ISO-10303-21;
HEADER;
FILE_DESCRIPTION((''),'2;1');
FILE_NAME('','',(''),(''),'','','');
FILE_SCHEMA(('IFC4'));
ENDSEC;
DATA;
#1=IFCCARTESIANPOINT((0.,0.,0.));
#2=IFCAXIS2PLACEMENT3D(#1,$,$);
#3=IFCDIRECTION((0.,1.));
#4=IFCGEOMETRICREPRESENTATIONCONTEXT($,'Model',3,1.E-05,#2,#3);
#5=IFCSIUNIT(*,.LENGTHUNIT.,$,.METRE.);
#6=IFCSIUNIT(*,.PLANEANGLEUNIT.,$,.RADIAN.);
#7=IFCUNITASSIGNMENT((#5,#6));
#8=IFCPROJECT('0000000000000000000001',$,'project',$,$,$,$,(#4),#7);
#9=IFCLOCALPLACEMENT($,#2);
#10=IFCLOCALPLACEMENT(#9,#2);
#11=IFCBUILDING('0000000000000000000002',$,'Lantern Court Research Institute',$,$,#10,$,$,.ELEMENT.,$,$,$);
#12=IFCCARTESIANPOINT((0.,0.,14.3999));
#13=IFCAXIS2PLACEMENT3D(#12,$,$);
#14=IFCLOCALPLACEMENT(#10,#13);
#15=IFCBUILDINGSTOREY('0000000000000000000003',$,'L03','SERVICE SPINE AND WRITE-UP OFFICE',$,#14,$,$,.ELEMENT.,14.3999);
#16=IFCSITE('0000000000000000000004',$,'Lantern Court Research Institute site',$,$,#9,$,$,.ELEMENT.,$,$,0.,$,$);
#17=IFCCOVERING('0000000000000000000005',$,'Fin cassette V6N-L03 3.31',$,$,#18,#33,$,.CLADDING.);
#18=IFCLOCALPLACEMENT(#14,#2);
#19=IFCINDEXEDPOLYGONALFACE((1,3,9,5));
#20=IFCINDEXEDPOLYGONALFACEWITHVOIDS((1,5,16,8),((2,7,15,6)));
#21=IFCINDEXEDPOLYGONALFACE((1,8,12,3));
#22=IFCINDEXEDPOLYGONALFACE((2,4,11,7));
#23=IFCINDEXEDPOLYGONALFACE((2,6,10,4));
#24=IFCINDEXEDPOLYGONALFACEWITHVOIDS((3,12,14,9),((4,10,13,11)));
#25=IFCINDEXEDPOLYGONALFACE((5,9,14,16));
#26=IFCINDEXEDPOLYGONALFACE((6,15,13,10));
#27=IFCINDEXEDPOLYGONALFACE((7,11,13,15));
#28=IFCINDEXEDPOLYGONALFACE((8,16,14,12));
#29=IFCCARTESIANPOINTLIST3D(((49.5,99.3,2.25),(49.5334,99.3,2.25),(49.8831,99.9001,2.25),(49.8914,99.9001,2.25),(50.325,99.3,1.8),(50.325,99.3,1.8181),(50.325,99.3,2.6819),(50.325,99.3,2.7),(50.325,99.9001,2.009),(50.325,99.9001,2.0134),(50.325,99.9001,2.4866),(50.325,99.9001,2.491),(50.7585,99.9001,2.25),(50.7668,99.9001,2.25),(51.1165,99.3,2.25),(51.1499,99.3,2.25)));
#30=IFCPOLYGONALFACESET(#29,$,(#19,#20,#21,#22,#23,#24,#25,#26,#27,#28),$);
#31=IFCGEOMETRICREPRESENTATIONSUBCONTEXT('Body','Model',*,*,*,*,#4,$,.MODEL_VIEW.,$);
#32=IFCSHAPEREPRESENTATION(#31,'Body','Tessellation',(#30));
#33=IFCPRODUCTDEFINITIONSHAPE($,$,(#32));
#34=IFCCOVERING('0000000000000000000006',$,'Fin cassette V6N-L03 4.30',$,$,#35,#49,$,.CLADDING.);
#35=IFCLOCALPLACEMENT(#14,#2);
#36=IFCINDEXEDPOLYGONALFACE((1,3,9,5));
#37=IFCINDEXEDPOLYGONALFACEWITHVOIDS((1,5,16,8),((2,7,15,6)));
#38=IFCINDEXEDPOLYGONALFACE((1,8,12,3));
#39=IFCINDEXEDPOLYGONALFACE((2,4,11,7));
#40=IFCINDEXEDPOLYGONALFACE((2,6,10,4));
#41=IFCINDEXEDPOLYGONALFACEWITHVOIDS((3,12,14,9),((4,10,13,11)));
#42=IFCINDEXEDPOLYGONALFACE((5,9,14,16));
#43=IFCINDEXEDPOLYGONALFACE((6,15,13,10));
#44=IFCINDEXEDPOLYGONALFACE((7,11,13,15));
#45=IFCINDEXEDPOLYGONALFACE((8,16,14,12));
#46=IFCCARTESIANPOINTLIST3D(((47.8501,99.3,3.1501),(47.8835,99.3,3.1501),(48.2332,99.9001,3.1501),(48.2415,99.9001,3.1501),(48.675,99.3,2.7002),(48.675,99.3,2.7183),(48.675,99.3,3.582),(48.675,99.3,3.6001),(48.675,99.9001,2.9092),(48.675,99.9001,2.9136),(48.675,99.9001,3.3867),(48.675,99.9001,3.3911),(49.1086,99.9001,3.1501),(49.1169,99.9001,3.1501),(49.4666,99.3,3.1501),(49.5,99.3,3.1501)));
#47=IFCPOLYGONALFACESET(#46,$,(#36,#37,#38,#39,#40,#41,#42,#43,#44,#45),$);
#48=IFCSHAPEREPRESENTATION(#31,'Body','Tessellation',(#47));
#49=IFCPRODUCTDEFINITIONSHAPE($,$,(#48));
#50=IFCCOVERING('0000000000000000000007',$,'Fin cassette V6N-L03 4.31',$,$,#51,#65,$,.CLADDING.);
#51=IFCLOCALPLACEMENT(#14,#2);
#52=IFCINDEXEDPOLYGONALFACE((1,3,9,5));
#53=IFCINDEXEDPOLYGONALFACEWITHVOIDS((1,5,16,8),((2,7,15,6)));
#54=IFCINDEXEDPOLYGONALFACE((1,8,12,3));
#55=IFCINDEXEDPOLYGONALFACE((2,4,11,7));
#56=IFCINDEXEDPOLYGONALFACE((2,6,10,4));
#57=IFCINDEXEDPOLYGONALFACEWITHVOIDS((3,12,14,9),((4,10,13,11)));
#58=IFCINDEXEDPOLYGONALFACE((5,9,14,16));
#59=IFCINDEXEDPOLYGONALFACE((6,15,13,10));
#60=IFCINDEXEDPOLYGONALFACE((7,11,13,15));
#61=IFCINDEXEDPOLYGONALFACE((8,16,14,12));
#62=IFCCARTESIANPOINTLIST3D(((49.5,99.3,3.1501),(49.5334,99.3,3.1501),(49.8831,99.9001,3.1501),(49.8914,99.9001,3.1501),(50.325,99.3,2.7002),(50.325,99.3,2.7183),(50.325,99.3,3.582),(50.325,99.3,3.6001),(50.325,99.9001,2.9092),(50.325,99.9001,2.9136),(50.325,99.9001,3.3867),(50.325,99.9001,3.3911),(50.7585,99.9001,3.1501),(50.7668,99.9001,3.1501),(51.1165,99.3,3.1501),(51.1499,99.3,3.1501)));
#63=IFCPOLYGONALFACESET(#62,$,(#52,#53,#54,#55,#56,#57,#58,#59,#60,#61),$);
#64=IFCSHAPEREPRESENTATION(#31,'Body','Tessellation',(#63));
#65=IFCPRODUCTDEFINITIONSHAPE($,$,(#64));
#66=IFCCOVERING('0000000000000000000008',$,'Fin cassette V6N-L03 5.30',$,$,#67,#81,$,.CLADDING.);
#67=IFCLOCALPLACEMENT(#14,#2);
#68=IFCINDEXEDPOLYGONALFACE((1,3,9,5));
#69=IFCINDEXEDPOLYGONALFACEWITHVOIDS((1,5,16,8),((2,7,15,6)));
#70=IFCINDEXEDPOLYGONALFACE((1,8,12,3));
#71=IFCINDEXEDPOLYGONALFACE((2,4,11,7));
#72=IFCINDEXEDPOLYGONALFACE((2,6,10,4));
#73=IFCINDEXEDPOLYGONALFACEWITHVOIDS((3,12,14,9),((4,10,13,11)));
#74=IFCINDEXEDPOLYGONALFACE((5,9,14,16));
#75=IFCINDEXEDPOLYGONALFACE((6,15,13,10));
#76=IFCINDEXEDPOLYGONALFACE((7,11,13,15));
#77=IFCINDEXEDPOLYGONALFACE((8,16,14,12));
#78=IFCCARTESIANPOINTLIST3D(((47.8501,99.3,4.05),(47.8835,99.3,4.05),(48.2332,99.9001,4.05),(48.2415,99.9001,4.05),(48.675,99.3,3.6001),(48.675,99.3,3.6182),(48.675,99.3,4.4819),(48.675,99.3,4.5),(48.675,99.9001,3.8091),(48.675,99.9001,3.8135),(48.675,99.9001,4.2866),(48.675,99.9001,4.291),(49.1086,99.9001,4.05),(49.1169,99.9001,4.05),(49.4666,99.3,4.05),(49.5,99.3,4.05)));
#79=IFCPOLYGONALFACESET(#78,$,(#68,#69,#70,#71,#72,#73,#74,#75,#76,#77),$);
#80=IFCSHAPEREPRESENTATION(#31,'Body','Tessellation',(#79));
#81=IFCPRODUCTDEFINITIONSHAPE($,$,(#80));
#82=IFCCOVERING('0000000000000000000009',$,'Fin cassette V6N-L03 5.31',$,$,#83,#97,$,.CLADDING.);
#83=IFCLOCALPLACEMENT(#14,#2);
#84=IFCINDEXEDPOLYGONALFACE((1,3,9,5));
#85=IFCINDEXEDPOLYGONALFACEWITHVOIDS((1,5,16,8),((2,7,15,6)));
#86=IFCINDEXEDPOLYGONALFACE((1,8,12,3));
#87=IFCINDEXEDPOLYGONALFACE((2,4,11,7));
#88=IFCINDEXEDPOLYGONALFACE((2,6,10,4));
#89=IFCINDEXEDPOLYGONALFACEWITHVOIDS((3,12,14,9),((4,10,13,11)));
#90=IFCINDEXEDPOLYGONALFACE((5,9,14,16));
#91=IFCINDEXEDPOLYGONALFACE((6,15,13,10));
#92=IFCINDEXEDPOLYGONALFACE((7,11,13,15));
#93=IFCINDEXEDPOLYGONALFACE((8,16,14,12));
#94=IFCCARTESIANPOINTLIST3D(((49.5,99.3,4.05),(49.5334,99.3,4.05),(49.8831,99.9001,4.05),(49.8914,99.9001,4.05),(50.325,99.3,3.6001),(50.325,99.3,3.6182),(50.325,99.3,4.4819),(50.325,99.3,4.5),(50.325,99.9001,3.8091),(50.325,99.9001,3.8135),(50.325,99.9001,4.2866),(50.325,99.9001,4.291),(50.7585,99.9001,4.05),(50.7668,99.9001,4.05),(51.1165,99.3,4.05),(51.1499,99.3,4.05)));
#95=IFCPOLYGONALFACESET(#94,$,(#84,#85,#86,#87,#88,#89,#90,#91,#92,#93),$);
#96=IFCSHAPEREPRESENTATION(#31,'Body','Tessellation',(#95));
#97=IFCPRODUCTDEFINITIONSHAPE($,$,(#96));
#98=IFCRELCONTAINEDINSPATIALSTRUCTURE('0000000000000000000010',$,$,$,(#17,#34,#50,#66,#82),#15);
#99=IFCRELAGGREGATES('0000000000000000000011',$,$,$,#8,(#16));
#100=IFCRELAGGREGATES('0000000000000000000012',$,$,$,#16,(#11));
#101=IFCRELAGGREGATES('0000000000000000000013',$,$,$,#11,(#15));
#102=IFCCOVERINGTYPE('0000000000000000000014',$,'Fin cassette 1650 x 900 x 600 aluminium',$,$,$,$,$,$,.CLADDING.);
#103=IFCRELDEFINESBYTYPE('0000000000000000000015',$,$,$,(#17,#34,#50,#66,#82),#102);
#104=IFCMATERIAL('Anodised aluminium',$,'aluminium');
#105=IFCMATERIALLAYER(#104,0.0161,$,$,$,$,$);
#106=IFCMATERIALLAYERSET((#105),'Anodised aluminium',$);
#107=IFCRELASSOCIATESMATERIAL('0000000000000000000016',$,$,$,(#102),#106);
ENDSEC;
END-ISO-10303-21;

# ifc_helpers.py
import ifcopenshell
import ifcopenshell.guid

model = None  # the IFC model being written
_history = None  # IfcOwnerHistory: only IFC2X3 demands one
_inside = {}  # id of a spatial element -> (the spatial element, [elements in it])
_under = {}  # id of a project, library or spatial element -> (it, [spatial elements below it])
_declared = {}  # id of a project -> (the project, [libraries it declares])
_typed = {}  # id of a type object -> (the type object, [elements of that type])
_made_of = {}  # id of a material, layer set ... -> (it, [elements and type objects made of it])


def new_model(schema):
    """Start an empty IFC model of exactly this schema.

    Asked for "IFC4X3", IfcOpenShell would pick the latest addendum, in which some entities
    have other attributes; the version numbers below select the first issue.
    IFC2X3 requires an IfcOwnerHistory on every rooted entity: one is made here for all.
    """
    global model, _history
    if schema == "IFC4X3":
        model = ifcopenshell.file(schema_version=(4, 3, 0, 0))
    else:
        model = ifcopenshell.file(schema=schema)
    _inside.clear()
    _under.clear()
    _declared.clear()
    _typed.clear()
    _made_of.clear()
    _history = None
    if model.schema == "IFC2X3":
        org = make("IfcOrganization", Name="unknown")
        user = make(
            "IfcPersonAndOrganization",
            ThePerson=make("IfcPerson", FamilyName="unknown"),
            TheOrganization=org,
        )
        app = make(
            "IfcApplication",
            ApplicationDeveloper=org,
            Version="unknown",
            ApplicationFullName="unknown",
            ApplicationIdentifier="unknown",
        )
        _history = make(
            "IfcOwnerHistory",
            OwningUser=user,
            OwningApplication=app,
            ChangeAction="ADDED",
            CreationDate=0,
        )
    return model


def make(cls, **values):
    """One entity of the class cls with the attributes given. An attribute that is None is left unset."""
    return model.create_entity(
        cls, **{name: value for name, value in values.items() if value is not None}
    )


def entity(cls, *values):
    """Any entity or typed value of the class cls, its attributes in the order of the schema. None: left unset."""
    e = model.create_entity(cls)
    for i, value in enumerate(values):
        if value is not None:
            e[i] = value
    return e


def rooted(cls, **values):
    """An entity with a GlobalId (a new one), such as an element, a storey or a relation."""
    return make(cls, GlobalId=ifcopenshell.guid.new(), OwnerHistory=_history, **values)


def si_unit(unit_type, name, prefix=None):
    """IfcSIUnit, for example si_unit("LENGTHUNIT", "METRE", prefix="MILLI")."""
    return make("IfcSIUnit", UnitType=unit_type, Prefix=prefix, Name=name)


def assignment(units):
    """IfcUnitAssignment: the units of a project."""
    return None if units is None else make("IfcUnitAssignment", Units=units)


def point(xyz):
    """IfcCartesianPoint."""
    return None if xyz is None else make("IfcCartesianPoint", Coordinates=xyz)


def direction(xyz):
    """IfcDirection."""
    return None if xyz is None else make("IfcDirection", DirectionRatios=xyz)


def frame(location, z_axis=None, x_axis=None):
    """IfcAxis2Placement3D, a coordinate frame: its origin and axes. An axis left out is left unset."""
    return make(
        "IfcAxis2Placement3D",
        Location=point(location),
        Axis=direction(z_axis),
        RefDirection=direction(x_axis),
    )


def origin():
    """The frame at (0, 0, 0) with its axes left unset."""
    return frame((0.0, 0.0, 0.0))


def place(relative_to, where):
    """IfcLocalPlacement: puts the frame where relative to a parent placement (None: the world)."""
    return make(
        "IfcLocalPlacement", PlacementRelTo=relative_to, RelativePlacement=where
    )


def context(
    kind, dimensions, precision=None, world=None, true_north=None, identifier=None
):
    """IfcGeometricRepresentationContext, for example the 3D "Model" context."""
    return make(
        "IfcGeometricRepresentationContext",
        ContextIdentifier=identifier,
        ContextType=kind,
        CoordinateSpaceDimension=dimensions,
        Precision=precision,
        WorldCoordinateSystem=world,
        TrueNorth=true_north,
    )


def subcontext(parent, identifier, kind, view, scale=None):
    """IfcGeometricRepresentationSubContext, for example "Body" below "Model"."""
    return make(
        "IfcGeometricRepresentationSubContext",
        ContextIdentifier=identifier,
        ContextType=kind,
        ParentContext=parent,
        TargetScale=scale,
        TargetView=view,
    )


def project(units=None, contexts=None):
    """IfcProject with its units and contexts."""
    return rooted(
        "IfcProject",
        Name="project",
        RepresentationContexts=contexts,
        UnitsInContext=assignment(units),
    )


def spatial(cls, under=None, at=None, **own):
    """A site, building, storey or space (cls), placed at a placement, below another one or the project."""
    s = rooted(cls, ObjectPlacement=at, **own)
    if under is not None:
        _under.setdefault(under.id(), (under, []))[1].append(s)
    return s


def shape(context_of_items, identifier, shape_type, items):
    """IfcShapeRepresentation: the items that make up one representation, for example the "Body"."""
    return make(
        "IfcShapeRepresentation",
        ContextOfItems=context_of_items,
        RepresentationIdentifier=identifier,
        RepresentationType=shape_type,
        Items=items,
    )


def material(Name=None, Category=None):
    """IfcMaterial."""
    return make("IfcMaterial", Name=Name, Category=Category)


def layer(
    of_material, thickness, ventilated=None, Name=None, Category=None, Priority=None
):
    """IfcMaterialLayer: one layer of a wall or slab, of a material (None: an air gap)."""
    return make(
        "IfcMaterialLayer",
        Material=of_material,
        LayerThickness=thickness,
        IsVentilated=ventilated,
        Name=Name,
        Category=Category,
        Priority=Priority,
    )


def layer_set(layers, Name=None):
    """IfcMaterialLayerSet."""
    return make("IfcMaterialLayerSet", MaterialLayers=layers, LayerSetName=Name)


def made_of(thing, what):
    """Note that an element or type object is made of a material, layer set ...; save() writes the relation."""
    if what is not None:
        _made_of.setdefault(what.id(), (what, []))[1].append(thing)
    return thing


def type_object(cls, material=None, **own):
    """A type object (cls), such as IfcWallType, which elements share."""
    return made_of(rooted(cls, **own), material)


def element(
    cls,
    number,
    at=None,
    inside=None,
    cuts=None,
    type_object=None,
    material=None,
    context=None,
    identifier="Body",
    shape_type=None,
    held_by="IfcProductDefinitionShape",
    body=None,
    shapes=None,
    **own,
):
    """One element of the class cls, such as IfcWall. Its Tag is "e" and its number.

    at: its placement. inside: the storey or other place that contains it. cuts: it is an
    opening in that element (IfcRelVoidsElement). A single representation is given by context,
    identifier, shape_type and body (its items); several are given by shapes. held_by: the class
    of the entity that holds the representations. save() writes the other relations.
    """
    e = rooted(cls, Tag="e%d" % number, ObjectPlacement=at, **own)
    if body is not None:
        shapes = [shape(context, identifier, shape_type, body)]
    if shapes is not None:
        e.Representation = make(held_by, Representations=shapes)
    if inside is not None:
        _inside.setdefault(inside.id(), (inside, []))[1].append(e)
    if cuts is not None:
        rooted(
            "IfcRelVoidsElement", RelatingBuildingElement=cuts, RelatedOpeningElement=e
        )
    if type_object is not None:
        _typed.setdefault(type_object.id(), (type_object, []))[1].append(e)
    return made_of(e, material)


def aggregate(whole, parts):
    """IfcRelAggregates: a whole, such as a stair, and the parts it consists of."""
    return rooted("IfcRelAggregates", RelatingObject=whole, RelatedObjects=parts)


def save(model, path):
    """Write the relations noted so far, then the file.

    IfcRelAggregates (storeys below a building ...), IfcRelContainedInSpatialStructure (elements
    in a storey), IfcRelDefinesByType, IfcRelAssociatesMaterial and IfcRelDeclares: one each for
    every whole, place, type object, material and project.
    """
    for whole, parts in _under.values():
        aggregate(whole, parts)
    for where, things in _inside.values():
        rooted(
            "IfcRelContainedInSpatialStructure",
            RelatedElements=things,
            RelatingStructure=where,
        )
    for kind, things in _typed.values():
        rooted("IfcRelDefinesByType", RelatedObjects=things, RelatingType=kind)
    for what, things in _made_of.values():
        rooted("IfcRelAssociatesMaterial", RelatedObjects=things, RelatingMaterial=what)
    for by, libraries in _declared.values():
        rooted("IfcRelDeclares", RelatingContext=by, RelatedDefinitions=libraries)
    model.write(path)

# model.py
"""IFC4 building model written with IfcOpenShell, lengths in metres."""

from ifc_helpers import new_model, entity, si_unit, direction, frame, origin, place, context, subcontext, project, spatial, material, layer, layer_set, type_object, element, save


model = new_model("IFC4")

# Units and contexts
model_context = context("Model", 3, precision=1e-05, world=origin(), true_north=direction((0.0, 1.0)))
body_context = subcontext(model_context, "Body", "Model", "MODEL_VIEW")
ifc_project = project(units=[si_unit("LENGTHUNIT", "METRE"), si_unit("PLANEANGLEUNIT", "RADIAN")], contexts=[model_context])

# Site, building, storey
site_placement = place(None, origin())
site = spatial("IfcSite", under=ifc_project, at=site_placement, Name="Lantern Court Research Institute site", CompositionType="ELEMENT", RefElevation=0.0)
building_placement = place(site_placement, origin())
building = spatial("IfcBuilding", under=site, at=building_placement, Name="Lantern Court Research Institute", CompositionType="ELEMENT")
storey_placement = place(building_placement, frame((0.0, 0.0, 14.3999)))
storey = spatial("IfcBuildingStorey", under=building, at=storey_placement, Name="L03", Description="SERVICE SPINE AND WRITE-UP OFFICE", CompositionType="ELEMENT", Elevation=14.3999)

# Coverings
ifc_material_1 = material(Name="Anodised aluminium", Category="aluminium")
ifc_layer_1 = layer(ifc_material_1, 0.0161)
ifc_layer_set_1 = layer_set([ifc_layer_1], Name="Anodised aluminium")
covering_type_1 = type_object("IfcCoveringType", Name="Fin cassette 1650 x 900 x 600 aluminium", PredefinedType="CLADDING", material=ifc_layer_set_1)
covering_1_placement = place(storey_placement, frame((50.325, 99.3, 2.25), z_axis=(0.0, 1.0, 0.0), x_axis=(-1.0, 0.0, 0.0)))
cartesian_point_1 = entity("IfcCartesianPoint", [0.825, 0.0])
cartesian_point_2 = entity("IfcCartesianPoint", [0.7915, 0.0])
cartesian_point_3 = entity("IfcCartesianPoint", [0.4419, 0.0])
cartesian_point_4 = entity("IfcCartesianPoint", [0.4336, 0.0])
element("IfcCovering", 1, at=covering_1_placement, inside=storey, type_object=covering_type_1, Name="Fin cassette V6N-L03 3.31", PredefinedType="CLADDING", context=body_context, shape_type="SweptSolid", body=[
    entity("IfcExtrudedAreaSolidTapered", entity("IfcArbitraryProfileDefWithVoids", "AREA", None, entity("IfcPolyline", [cartesian_point_1, entity("IfcCartesianPoint", [0.0, 0.45]), entity("IfcCartesianPoint", [-0.825, 0.0]), entity("IfcCartesianPoint", [0.0, -0.45]), cartesian_point_1]), [entity("IfcPolyline", [cartesian_point_2, entity("IfcCartesianPoint", [0.0, 0.4319]), entity("IfcCartesianPoint", [-0.7915, 0.0]), entity("IfcCartesianPoint", [0.0, -0.4319]), cartesian_point_2])]), entity("IfcAxis2Placement3D", entity("IfcCartesianPoint", [0.0, 0.0, 0.0])), entity("IfcDirection", [0.0, 0.0, 1.0]), 0.6001, entity("IfcArbitraryProfileDefWithVoids", "AREA", None, entity("IfcPolyline", [cartesian_point_3, entity("IfcCartesianPoint", [0.0, 0.241]), entity("IfcCartesianPoint", [-0.4419, 0.0]), entity("IfcCartesianPoint", [0.0, -0.241]), cartesian_point_3]), [entity("IfcPolyline", [cartesian_point_4, entity("IfcCartesianPoint", [0.0, 0.2366]), entity("IfcCartesianPoint", [-0.4336, 0.0]), entity("IfcCartesianPoint", [0.0, -0.2366]), cartesian_point_4])])),
])
covering_2_placement = place(storey_placement, frame((48.675, 99.3, 3.1501), z_axis=(0.0, 1.0, 0.0), x_axis=(-1.0, 0.0, 0.0)))
cartesian_point_5 = entity("IfcCartesianPoint", [0.825, 0.0])
cartesian_point_6 = entity("IfcCartesianPoint", [0.7915, 0.0])
cartesian_point_7 = entity("IfcCartesianPoint", [0.4419, 0.0])
cartesian_point_8 = entity("IfcCartesianPoint", [0.4336, 0.0])
element("IfcCovering", 2, at=covering_2_placement, inside=storey, type_object=covering_type_1, Name="Fin cassette V6N-L03 4.30", PredefinedType="CLADDING", context=body_context, shape_type="SweptSolid", body=[
    entity("IfcExtrudedAreaSolidTapered", entity("IfcArbitraryProfileDefWithVoids", "AREA", None, entity("IfcPolyline", [cartesian_point_5, entity("IfcCartesianPoint", [0.0, 0.45]), entity("IfcCartesianPoint", [-0.825, 0.0]), entity("IfcCartesianPoint", [0.0, -0.45]), cartesian_point_5]), [entity("IfcPolyline", [cartesian_point_6, entity("IfcCartesianPoint", [0.0, 0.4319]), entity("IfcCartesianPoint", [-0.7915, 0.0]), entity("IfcCartesianPoint", [0.0, -0.4319]), cartesian_point_6])]), entity("IfcAxis2Placement3D", entity("IfcCartesianPoint", [0.0, 0.0, 0.0])), entity("IfcDirection", [0.0, 0.0, 1.0]), 0.6001, entity("IfcArbitraryProfileDefWithVoids", "AREA", None, entity("IfcPolyline", [cartesian_point_7, entity("IfcCartesianPoint", [0.0, 0.241]), entity("IfcCartesianPoint", [-0.4419, 0.0]), entity("IfcCartesianPoint", [0.0, -0.241]), cartesian_point_7]), [entity("IfcPolyline", [cartesian_point_8, entity("IfcCartesianPoint", [0.0, 0.2366]), entity("IfcCartesianPoint", [-0.4336, 0.0]), entity("IfcCartesianPoint", [0.0, -0.2366]), cartesian_point_8])])),
])
covering_3_placement = place(storey_placement, frame((50.325, 99.3, 3.1501), z_axis=(0.0, 1.0, 0.0), x_axis=(-1.0, 0.0, 0.0)))
cartesian_point_9 = entity("IfcCartesianPoint", [0.825, 0.0])
cartesian_point_10 = entity("IfcCartesianPoint", [0.7915, 0.0])
cartesian_point_11 = entity("IfcCartesianPoint", [0.4419, 0.0])
cartesian_point_12 = entity("IfcCartesianPoint", [0.4336, 0.0])
element("IfcCovering", 3, at=covering_3_placement, inside=storey, type_object=covering_type_1, Name="Fin cassette V6N-L03 4.31", PredefinedType="CLADDING", context=body_context, shape_type="SweptSolid", body=[
    entity("IfcExtrudedAreaSolidTapered", entity("IfcArbitraryProfileDefWithVoids", "AREA", None, entity("IfcPolyline", [cartesian_point_9, entity("IfcCartesianPoint", [0.0, 0.45]), entity("IfcCartesianPoint", [-0.825, 0.0]), entity("IfcCartesianPoint", [0.0, -0.45]), cartesian_point_9]), [entity("IfcPolyline", [cartesian_point_10, entity("IfcCartesianPoint", [0.0, 0.4319]), entity("IfcCartesianPoint", [-0.7915, 0.0]), entity("IfcCartesianPoint", [0.0, -0.4319]), cartesian_point_10])]), entity("IfcAxis2Placement3D", entity("IfcCartesianPoint", [0.0, 0.0, 0.0])), entity("IfcDirection", [0.0, 0.0, 1.0]), 0.6001, entity("IfcArbitraryProfileDefWithVoids", "AREA", None, entity("IfcPolyline", [cartesian_point_11, entity("IfcCartesianPoint", [0.0, 0.241]), entity("IfcCartesianPoint", [-0.4419, 0.0]), entity("IfcCartesianPoint", [0.0, -0.241]), cartesian_point_11]), [entity("IfcPolyline", [cartesian_point_12, entity("IfcCartesianPoint", [0.0, 0.2366]), entity("IfcCartesianPoint", [-0.4336, 0.0]), entity("IfcCartesianPoint", [0.0, -0.2366]), cartesian_point_12])])),
])
covering_4_placement = place(storey_placement, frame((48.675, 99.3, 4.05), z_axis=(0.0, 1.0, 0.0), x_axis=(-1.0, 0.0, 0.0)))
cartesian_point_13 = entity("IfcCartesianPoint", [0.825, 0.0])
cartesian_point_14 = entity("IfcCartesianPoint", [0.7915, 0.0])
cartesian_point_15 = entity("IfcCartesianPoint", [0.4419, 0.0])
cartesian_point_16 = entity("IfcCartesianPoint", [0.4336, 0.0])
element("IfcCovering", 4, at=covering_4_placement, inside=storey, type_object=covering_type_1, Name="Fin cassette V6N-L03 5.30", PredefinedType="CLADDING", context=body_context, shape_type="SweptSolid", body=[
    entity("IfcExtrudedAreaSolidTapered", entity("IfcArbitraryProfileDefWithVoids", "AREA", None, entity("IfcPolyline", [cartesian_point_13, entity("IfcCartesianPoint", [0.0, 0.45]), entity("IfcCartesianPoint", [-0.825, 0.0]), entity("IfcCartesianPoint", [0.0, -0.45]), cartesian_point_13]), [entity("IfcPolyline", [cartesian_point_14, entity("IfcCartesianPoint", [0.0, 0.4319]), entity("IfcCartesianPoint", [-0.7915, 0.0]), entity("IfcCartesianPoint", [0.0, -0.4319]), cartesian_point_14])]), entity("IfcAxis2Placement3D", entity("IfcCartesianPoint", [0.0, 0.0, 0.0])), entity("IfcDirection", [0.0, 0.0, 1.0]), 0.6001, entity("IfcArbitraryProfileDefWithVoids", "AREA", None, entity("IfcPolyline", [cartesian_point_15, entity("IfcCartesianPoint", [0.0, 0.241]), entity("IfcCartesianPoint", [-0.4419, 0.0]), entity("IfcCartesianPoint", [0.0, -0.241]), cartesian_point_15]), [entity("IfcPolyline", [cartesian_point_16, entity("IfcCartesianPoint", [0.0, 0.2366]), entity("IfcCartesianPoint", [-0.4336, 0.0]), entity("IfcCartesianPoint", [0.0, -0.2366]), cartesian_point_16])])),
])
covering_5_placement = place(storey_placement, frame((50.325, 99.3, 4.05), z_axis=(0.0, 1.0, 0.0), x_axis=(-1.0, 0.0, 0.0)))
cartesian_point_17 = entity("IfcCartesianPoint", [0.825, 0.0])
cartesian_point_18 = entity("IfcCartesianPoint", [0.7915, 0.0])
cartesian_point_19 = entity("IfcCartesianPoint", [0.4419, 0.0])
cartesian_point_20 = entity("IfcCartesianPoint", [0.4336, 0.0])
element("IfcCovering", 5, at=covering_5_placement, inside=storey, type_object=covering_type_1, Name="Fin cassette V6N-L03 5.31", PredefinedType="CLADDING", context=body_context, shape_type="SweptSolid", body=[
    entity("IfcExtrudedAreaSolidTapered", entity("IfcArbitraryProfileDefWithVoids", "AREA", None, entity("IfcPolyline", [cartesian_point_17, entity("IfcCartesianPoint", [0.0, 0.45]), entity("IfcCartesianPoint", [-0.825, 0.0]), entity("IfcCartesianPoint", [0.0, -0.45]), cartesian_point_17]), [entity("IfcPolyline", [cartesian_point_18, entity("IfcCartesianPoint", [0.0, 0.4319]), entity("IfcCartesianPoint", [-0.7915, 0.0]), entity("IfcCartesianPoint", [0.0, -0.4319]), cartesian_point_18])]), entity("IfcAxis2Placement3D", entity("IfcCartesianPoint", [0.0, 0.0, 0.0])), entity("IfcDirection", [0.0, 0.0, 1.0]), 0.6001, entity("IfcArbitraryProfileDefWithVoids", "AREA", None, entity("IfcPolyline", [cartesian_point_19, entity("IfcCartesianPoint", [0.0, 0.241]), entity("IfcCartesianPoint", [-0.4419, 0.0]), entity("IfcCartesianPoint", [0.0, -0.241]), cartesian_point_19]), [entity("IfcPolyline", [cartesian_point_20, entity("IfcCartesianPoint", [0.0, 0.2366]), entity("IfcCartesianPoint", [-0.4336, 0.0]), entity("IfcCartesianPoint", [0.0, -0.2366]), cartesian_point_20])])),
])

save(model, "model.ifc")
